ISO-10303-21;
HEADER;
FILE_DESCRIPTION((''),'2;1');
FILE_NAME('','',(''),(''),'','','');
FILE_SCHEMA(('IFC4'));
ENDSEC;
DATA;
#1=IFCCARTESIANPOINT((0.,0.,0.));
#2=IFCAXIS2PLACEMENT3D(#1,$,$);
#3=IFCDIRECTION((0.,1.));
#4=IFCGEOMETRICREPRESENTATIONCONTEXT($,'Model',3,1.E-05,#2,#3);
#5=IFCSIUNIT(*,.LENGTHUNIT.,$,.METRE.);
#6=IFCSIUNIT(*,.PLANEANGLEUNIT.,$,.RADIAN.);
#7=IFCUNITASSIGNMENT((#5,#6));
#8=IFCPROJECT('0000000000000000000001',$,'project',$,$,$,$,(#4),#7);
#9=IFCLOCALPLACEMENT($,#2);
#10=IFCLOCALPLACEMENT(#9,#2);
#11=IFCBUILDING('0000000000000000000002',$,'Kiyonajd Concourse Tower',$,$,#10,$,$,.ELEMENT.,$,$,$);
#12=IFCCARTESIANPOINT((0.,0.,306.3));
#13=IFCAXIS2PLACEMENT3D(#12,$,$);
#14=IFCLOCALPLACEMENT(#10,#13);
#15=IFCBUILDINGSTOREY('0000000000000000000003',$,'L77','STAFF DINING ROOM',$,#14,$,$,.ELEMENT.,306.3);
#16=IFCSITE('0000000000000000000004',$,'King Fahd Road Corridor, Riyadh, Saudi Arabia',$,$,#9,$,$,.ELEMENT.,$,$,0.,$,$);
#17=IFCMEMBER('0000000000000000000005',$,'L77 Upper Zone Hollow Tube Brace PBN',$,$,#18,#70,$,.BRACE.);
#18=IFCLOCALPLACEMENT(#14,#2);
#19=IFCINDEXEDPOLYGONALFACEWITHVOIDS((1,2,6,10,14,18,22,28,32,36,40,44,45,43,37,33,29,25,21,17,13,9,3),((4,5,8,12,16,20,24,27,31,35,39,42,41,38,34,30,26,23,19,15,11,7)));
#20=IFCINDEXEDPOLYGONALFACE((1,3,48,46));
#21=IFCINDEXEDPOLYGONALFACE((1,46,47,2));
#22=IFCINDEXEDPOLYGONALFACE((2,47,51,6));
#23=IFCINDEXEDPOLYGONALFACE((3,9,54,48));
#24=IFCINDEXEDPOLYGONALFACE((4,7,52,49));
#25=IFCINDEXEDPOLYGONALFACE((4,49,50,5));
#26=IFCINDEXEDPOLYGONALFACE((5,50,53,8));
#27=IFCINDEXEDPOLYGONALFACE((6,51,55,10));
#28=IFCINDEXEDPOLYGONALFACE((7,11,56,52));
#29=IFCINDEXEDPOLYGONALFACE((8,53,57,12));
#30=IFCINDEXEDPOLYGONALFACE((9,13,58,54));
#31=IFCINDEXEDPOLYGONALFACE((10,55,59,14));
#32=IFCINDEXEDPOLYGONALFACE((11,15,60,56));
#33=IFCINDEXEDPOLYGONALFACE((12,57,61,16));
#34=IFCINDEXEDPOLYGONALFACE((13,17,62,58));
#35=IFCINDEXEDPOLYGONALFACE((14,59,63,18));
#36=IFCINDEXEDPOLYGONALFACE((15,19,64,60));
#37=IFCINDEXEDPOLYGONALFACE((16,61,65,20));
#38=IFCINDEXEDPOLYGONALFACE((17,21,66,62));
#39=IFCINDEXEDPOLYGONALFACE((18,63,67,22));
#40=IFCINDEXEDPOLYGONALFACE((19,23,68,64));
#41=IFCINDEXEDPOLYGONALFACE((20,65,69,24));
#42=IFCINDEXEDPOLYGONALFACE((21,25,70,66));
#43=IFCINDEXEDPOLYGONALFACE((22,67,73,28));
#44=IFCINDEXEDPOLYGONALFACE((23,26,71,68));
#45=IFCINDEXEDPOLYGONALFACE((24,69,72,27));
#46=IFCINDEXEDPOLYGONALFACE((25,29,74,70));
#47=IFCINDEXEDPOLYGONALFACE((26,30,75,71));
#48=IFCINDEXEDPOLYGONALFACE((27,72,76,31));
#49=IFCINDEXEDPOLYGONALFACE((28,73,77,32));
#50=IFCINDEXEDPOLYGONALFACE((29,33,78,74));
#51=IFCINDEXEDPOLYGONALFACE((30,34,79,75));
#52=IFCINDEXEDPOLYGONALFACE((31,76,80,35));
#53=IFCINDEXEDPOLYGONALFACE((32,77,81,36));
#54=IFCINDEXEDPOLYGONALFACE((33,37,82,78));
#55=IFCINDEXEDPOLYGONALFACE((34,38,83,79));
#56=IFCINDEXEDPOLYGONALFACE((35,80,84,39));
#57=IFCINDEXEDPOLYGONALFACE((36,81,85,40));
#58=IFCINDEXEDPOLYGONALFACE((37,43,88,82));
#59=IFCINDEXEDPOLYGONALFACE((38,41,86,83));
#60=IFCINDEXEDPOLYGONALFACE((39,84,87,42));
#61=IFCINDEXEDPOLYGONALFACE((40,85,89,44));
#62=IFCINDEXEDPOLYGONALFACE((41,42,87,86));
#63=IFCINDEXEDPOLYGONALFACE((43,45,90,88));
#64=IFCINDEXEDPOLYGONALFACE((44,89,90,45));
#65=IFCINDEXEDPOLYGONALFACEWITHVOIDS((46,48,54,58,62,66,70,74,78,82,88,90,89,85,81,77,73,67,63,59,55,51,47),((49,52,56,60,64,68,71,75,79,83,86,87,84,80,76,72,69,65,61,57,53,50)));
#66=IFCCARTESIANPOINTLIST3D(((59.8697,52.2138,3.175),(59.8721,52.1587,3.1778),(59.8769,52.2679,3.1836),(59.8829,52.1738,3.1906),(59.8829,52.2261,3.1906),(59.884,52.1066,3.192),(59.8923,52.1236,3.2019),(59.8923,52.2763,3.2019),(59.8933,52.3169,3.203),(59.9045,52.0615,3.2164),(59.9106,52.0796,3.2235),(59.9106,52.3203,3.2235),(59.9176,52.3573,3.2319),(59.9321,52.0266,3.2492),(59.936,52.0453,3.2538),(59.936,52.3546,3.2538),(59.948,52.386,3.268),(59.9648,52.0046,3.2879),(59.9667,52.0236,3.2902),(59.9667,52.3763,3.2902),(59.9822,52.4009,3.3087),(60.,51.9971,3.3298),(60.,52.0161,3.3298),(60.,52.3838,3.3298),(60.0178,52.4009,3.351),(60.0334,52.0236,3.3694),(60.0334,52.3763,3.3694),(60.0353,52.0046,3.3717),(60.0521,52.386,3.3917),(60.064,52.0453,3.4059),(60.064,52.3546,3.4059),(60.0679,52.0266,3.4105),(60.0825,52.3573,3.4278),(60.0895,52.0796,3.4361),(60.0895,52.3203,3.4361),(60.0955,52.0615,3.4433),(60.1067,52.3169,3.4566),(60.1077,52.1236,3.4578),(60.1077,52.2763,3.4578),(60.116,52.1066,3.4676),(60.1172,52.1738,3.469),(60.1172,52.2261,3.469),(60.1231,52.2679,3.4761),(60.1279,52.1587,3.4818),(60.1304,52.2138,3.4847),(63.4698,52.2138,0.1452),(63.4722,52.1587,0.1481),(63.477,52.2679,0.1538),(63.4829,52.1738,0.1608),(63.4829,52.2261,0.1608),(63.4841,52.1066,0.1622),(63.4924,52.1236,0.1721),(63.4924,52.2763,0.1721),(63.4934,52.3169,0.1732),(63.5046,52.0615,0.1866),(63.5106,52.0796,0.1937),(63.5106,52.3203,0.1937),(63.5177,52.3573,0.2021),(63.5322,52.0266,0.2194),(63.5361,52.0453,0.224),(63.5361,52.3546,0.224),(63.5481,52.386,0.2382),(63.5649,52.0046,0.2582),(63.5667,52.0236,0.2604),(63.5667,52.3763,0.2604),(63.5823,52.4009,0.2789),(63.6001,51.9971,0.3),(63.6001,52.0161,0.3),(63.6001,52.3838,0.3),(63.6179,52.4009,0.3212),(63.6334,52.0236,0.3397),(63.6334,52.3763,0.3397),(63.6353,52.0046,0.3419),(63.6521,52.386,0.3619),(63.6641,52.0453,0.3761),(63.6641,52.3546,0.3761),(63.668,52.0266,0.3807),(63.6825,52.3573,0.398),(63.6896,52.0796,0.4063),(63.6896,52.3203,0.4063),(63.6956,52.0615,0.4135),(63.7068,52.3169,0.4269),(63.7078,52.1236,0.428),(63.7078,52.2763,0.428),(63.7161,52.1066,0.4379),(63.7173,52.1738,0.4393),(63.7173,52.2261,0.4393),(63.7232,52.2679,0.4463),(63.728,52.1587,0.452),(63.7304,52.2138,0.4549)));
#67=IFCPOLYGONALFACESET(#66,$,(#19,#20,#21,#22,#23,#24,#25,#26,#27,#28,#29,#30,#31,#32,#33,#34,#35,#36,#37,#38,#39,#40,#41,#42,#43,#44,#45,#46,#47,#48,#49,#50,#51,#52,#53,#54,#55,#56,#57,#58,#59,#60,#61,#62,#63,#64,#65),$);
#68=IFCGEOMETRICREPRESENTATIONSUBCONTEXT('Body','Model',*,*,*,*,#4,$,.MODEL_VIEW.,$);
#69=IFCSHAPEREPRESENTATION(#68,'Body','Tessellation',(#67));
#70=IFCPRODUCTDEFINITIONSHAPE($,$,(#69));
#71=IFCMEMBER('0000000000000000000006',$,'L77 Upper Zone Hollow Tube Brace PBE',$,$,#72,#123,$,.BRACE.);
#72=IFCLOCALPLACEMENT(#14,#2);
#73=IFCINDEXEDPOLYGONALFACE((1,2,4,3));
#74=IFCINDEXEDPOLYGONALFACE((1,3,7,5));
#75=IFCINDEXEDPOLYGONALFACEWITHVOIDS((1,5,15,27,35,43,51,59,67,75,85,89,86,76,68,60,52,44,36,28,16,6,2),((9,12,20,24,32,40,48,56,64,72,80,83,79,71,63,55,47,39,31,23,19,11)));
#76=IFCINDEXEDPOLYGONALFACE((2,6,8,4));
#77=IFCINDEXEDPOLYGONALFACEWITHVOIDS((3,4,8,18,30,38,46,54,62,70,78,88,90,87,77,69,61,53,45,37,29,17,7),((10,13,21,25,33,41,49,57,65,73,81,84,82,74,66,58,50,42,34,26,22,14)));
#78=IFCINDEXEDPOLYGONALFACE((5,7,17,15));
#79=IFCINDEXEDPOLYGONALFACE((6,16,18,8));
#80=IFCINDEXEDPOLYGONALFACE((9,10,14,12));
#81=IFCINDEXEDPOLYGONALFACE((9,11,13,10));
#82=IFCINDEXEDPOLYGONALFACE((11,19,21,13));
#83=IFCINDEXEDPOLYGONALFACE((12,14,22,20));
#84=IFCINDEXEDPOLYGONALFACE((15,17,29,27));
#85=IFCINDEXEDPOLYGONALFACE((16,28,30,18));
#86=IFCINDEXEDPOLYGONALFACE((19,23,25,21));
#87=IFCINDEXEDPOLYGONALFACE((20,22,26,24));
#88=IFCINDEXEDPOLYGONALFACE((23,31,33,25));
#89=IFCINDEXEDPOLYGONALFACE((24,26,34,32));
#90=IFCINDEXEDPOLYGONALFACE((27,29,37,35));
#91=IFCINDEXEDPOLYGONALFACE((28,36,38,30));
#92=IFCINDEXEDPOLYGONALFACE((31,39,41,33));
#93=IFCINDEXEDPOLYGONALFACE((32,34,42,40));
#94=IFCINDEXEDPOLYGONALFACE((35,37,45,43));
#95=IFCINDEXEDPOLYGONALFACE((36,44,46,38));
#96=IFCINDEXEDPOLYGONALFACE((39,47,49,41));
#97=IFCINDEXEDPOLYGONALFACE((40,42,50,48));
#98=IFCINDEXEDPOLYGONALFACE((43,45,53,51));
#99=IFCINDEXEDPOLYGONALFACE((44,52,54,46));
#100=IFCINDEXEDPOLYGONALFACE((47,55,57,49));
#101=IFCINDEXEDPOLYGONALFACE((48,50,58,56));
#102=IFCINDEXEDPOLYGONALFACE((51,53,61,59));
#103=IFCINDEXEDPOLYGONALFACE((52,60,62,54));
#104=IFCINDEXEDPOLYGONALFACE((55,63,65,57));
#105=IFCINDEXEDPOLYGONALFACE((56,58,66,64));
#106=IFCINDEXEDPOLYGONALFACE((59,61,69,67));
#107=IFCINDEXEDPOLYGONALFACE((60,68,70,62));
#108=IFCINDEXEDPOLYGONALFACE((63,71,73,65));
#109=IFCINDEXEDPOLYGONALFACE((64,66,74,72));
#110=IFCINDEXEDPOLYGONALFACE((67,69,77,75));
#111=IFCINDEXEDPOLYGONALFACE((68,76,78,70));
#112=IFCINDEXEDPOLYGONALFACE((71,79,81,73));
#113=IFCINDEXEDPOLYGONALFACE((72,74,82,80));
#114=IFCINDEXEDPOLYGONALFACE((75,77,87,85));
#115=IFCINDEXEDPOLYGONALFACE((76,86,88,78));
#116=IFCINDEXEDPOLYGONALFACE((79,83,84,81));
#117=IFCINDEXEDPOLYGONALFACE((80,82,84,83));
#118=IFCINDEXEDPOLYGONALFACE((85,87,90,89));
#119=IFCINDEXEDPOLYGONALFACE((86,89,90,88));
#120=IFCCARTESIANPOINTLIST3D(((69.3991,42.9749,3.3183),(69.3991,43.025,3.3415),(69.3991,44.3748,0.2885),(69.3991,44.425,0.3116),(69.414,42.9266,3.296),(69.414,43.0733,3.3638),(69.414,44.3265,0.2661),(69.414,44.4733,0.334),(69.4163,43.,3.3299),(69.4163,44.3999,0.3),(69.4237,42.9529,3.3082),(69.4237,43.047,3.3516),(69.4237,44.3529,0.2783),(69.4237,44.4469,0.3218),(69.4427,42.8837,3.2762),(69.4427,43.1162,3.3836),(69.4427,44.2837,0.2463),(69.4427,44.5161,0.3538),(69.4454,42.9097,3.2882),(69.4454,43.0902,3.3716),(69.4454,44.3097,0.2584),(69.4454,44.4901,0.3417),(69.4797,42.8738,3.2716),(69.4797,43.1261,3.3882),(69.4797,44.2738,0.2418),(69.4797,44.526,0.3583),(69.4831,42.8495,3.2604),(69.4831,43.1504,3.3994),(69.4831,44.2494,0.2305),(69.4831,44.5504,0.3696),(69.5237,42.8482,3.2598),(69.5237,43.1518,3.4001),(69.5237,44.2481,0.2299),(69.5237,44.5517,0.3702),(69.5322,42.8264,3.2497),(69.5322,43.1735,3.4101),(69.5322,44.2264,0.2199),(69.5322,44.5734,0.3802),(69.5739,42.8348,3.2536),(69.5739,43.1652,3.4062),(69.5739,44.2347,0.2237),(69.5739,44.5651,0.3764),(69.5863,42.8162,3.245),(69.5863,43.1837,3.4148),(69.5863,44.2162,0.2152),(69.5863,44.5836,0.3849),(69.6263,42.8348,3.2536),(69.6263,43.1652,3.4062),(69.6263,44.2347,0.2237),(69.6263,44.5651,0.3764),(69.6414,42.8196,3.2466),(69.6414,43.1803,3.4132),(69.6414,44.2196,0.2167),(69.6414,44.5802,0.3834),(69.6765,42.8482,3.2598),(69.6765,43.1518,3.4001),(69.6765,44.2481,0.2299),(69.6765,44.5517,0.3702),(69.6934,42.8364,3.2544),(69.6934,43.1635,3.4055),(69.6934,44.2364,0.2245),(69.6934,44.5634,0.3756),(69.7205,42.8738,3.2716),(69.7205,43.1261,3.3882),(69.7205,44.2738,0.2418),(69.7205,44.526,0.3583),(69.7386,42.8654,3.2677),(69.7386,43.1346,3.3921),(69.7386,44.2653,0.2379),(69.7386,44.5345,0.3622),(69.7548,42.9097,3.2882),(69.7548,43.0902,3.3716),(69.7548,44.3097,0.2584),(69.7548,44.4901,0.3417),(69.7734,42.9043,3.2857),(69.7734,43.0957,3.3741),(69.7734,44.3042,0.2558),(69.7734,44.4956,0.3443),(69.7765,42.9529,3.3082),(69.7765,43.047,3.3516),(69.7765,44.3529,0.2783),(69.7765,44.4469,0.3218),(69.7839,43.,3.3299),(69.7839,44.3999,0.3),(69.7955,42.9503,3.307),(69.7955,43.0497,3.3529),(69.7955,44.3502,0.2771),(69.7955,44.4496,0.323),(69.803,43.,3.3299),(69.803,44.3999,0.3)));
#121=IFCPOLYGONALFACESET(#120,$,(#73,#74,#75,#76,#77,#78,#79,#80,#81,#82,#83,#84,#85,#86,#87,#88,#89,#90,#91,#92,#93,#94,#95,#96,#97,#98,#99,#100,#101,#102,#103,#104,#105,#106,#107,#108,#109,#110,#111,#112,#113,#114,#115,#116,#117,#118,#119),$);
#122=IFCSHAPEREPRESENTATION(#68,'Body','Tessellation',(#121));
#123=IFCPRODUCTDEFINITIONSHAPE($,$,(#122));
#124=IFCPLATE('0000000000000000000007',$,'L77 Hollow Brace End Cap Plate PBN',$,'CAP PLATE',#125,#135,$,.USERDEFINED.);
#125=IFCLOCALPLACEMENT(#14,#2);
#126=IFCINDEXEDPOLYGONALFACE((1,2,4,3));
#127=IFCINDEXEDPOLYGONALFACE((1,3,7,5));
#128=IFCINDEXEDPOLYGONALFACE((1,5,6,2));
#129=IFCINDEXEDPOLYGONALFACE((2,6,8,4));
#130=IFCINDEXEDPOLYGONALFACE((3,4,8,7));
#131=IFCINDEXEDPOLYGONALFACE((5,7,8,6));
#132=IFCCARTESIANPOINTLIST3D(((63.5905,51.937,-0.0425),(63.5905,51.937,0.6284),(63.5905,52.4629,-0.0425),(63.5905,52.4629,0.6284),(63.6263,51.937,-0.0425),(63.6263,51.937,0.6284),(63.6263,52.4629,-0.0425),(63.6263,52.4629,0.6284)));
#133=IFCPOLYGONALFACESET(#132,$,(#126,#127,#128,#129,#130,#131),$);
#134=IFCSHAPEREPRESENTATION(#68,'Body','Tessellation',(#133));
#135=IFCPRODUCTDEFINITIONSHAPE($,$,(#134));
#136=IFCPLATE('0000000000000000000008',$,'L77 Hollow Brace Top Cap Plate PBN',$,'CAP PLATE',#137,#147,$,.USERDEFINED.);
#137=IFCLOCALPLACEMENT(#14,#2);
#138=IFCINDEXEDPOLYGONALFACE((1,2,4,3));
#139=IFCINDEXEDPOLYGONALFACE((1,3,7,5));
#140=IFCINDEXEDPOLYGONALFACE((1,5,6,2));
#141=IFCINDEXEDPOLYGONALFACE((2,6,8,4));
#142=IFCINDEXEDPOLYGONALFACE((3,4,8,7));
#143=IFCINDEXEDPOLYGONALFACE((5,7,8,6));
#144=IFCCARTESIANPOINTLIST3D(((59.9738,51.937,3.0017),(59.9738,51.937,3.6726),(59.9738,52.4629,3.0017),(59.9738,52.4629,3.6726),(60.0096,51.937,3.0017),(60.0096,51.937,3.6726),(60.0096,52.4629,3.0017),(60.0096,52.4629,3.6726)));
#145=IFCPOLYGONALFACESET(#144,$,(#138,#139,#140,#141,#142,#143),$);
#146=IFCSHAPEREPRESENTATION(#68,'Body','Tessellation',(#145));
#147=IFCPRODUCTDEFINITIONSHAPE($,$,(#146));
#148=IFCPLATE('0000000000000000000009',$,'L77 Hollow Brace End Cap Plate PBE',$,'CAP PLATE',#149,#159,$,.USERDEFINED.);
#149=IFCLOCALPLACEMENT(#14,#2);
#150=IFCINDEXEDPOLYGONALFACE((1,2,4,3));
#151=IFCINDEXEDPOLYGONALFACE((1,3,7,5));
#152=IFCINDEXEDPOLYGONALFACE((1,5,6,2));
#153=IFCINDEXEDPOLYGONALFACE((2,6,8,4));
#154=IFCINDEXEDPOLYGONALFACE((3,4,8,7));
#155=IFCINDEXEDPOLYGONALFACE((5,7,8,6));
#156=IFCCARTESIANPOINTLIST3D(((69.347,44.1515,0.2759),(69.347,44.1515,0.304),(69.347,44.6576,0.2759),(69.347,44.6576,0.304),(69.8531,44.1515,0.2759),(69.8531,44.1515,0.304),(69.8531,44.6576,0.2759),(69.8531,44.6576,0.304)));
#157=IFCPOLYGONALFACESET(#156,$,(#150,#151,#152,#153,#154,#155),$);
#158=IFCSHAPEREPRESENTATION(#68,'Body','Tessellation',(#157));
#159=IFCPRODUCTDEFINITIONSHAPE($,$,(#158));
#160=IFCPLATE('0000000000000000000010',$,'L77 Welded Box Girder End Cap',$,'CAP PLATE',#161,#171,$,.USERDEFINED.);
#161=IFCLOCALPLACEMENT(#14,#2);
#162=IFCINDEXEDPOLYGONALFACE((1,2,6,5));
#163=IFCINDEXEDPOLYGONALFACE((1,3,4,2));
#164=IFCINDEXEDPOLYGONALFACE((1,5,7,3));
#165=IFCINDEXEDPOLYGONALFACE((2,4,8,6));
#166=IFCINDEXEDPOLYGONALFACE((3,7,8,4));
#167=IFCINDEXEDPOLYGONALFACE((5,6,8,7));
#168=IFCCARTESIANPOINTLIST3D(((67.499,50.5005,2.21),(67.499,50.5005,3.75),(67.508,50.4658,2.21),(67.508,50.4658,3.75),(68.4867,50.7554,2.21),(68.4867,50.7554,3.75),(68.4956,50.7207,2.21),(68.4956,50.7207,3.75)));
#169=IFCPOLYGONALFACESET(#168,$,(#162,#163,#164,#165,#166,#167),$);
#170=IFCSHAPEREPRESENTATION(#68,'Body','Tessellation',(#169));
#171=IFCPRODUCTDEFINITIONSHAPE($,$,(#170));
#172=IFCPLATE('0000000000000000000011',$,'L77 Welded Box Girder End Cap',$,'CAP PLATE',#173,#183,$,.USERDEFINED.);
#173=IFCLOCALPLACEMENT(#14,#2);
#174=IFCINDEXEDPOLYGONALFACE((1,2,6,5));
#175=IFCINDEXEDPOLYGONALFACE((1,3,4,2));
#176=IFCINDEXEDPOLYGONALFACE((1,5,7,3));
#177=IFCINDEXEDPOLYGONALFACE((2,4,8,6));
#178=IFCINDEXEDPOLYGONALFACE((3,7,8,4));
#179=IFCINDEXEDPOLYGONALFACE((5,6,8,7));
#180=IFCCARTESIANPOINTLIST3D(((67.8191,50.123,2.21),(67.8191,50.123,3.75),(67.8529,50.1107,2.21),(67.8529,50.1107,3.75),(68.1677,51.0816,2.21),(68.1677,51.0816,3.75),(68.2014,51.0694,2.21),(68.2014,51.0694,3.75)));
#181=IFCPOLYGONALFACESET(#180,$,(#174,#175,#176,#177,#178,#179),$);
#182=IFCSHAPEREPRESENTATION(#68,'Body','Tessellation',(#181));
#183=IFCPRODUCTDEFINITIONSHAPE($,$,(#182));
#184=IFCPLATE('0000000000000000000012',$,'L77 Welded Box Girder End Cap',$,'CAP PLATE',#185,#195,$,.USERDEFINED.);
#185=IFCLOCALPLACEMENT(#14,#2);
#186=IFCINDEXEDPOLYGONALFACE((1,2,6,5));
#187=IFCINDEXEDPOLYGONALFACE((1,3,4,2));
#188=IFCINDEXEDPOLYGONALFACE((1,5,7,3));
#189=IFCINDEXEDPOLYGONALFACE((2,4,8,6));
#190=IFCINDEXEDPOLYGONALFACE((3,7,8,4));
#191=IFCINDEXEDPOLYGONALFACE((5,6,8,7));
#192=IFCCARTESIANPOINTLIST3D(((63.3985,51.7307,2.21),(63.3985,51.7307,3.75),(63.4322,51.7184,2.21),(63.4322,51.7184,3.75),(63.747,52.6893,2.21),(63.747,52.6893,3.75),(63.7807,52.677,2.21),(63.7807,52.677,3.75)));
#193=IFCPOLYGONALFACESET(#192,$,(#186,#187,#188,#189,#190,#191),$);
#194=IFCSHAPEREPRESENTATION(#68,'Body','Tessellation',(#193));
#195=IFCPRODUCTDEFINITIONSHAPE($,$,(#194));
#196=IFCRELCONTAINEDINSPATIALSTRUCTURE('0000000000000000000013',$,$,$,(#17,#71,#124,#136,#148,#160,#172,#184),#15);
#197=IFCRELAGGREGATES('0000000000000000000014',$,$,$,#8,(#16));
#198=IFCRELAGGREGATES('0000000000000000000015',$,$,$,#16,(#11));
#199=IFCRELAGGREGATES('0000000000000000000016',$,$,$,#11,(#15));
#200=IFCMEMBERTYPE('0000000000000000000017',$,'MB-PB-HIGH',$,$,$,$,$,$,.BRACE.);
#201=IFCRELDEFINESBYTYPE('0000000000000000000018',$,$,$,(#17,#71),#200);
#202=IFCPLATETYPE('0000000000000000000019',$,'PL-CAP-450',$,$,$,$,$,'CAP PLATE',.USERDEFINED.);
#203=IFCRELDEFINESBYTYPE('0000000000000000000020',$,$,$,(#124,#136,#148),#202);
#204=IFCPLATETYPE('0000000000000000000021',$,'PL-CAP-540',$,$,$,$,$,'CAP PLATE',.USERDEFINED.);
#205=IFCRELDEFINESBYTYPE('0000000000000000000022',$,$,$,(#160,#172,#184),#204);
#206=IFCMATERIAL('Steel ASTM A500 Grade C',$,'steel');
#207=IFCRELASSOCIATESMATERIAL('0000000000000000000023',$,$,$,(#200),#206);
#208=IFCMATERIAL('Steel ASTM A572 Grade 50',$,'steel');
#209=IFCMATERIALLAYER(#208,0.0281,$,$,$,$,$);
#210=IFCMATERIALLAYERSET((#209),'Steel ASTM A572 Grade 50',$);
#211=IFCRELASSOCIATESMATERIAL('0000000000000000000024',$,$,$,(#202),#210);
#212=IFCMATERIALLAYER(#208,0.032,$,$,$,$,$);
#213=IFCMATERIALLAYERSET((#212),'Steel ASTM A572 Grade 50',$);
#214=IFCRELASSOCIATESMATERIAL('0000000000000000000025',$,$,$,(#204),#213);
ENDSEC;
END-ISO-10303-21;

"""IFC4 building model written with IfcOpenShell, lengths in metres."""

from ifc_helpers import new_model, si_unit, direction, frame, origin, origin_2d, place, context, subcontext, project, spatial, rectangle, hollow_circle, extrude, material, layer, layer_set, material_profile, profile_set, type_object, element, save


model = new_model("IFC4")

# Units and contexts
model_context = context("Model", 3, precision=1e-05, world=origin(), true_north=direction((0.0, 1.0)))
body_context = subcontext(model_context, "Body", "Model", "MODEL_VIEW")
ifc_project = project(units=[si_unit("LENGTHUNIT", "METRE"), si_unit("PLANEANGLEUNIT", "RADIAN")], contexts=[model_context])

# Site, building, storey
site_placement = place(None, origin())
site = spatial("IfcSite", under=ifc_project, at=site_placement, Name="King Fahd Road Corridor, Riyadh, Saudi Arabia", CompositionType="ELEMENT", RefElevation=0.0)
building_placement = place(site_placement, origin())
building = spatial("IfcBuilding", under=site, at=building_placement, Name="Kiyonajd Concourse Tower", CompositionType="ELEMENT")
storey_placement = place(building_placement, frame((0.0, 0.0, 306.3)))
storey = spatial("IfcBuildingStorey", under=building, at=storey_placement, Name="L77", Description="STAFF DINING ROOM", CompositionType="ELEMENT", Elevation=306.3)

# Shared definitions
ifc_material_1 = material(Name="Steel ASTM A572 Grade 50", Category="steel")

# Members
ifc_material_2 = material(Name="Steel ASTM A500 Grade C", Category="steel")
ifc_material_profile_1 = material_profile(ifc_material_2, hollow_circle(Radius=0.2029, WallThickness=0.019, at=origin_2d()), Name="CHS-406x19")
ifc_profile_set_1 = profile_set([ifc_material_profile_1], Name="Steel ASTM A500 Grade C")
member_type = type_object("IfcMemberType", Name="MB-PB-HIGH", PredefinedType="BRACE", material=ifc_profile_set_1)
member_1_placement = place(storey_placement, frame((63.6001, 52.2, 0.3), z_axis=(-0.765108, 0.0, 0.643902), x_axis=(0.0, -1.0, 0.0)))
element("IfcMember", 1, at=member_1_placement, inside=storey, type_object=member_type, Name="L77 Upper Zone Hollow Tube Brace PBN", PredefinedType="BRACE", context=body_context, shape_type="SweptSolid", body=[
    extrude(hollow_circle(Radius=0.2029, WallThickness=0.019, at=origin_2d()), origin(), (0.0, 0.0, 1.0), 4.7053),
])
member_2_placement = place(storey_placement, frame((69.6001, 44.3999, 0.3), z_axis=(0.0, -0.419439, 0.907784), x_axis=(1.0, 0.0, 0.0)))
element("IfcMember", 2, at=member_2_placement, inside=storey, type_object=member_type, Name="L77 Upper Zone Hollow Tube Brace PBE", PredefinedType="BRACE", context=body_context, shape_type="SweptSolid", body=[
    extrude(hollow_circle(Radius=0.2029, WallThickness=0.019, at=origin_2d()), origin(), (0.0, 0.0, 1.0), 3.3376),
])

# Plates
ifc_layer_1 = layer(ifc_material_1, 0.0281)
ifc_layer_set_1 = layer_set([ifc_layer_1], Name="Steel ASTM A572 Grade 50")
plate_type_1 = type_object("IfcPlateType", Name="PL-CAP-450", ElementType="CAP PLATE", PredefinedType="USERDEFINED", material=ifc_layer_set_1)
for number, where, z_axis, x_axis, name in (
    (3, (63.6084, 52.2, -0.0425), (0.0, 0.0, 1.0), (1.0, 0.0, 0.0), "L77 Hollow Brace End Cap Plate PBN"),
    (4, (59.9917, 52.2, 3.0017), (0.0, 0.0, 1.0), (-1.0, 0.0, 0.0), "L77 Hollow Brace Top Cap Plate PBN"),
):
    element("IfcPlate", number, at=place(storey_placement, frame(where, z_axis=z_axis, x_axis=x_axis)), inside=storey, type_object=plate_type_1, Name=name, ObjectType="CAP PLATE", PredefinedType="USERDEFINED", context=body_context, shape_type="SweptSolid", body=[
        extrude(rectangle(XDim=0.0359, YDim=0.5259, at=origin_2d()), origin(), (0.0, 0.0, 1.0), 0.6709),
    ])
plate_placement = place(storey_placement, frame((69.6001, 44.4045, 0.2759), z_axis=(0.0, 0.0, 1.0), x_axis=(1.0, 0.0, 0.0)))
element("IfcPlate", 5, at=plate_placement, inside=storey, type_object=plate_type_1, Name="L77 Hollow Brace End Cap Plate PBE", ObjectType="CAP PLATE", PredefinedType="USERDEFINED", context=body_context, shape_type="SweptSolid", body=[
    extrude(rectangle(XDim=0.5061, YDim=0.5061, at=origin_2d()), origin(), (0.0, 0.0, 1.0), 0.0281),
])
ifc_layer_2 = layer(ifc_material_1, 0.032)
ifc_layer_set_2 = layer_set([ifc_layer_2], Name="Steel ASTM A572 Grade 50")
plate_type_2 = type_object("IfcPlateType", Name="PL-CAP-540", ElementType="CAP PLATE", PredefinedType="USERDEFINED", material=ifc_layer_set_2)
for number, where, z_axis, x_axis, name in (
    (6, (67.9973, 50.6106, 2.21), (0.0, 0.0, 1.0), (-0.249873, 0.968279, 0.0), "L77 Welded Box Girder End Cap"),
    (7, (68.0103, 50.5962, 2.21), (0.0, 0.0, 1.0), (0.939812, -0.341692, 0.0), "L77 Welded Box Girder End Cap"),
    (8, (63.5896, 52.2039, 2.21), (0.0, 0.0, 1.0), (-0.939812, 0.341692, 0.0), "L77 Welded Box Girder End Cap"),
):
    element("IfcPlate", number, at=place(storey_placement, frame(where, z_axis=z_axis, x_axis=x_axis)), inside=storey, type_object=plate_type_2, Name=name, ObjectType="CAP PLATE", PredefinedType="USERDEFINED", context=body_context, shape_type="SweptSolid", body=[
        extrude(rectangle(XDim=0.0359, YDim=1.02, at=origin_2d()), origin(), (0.0, 0.0, 1.0), 1.54),
    ])

save(model, "model.ifc")
